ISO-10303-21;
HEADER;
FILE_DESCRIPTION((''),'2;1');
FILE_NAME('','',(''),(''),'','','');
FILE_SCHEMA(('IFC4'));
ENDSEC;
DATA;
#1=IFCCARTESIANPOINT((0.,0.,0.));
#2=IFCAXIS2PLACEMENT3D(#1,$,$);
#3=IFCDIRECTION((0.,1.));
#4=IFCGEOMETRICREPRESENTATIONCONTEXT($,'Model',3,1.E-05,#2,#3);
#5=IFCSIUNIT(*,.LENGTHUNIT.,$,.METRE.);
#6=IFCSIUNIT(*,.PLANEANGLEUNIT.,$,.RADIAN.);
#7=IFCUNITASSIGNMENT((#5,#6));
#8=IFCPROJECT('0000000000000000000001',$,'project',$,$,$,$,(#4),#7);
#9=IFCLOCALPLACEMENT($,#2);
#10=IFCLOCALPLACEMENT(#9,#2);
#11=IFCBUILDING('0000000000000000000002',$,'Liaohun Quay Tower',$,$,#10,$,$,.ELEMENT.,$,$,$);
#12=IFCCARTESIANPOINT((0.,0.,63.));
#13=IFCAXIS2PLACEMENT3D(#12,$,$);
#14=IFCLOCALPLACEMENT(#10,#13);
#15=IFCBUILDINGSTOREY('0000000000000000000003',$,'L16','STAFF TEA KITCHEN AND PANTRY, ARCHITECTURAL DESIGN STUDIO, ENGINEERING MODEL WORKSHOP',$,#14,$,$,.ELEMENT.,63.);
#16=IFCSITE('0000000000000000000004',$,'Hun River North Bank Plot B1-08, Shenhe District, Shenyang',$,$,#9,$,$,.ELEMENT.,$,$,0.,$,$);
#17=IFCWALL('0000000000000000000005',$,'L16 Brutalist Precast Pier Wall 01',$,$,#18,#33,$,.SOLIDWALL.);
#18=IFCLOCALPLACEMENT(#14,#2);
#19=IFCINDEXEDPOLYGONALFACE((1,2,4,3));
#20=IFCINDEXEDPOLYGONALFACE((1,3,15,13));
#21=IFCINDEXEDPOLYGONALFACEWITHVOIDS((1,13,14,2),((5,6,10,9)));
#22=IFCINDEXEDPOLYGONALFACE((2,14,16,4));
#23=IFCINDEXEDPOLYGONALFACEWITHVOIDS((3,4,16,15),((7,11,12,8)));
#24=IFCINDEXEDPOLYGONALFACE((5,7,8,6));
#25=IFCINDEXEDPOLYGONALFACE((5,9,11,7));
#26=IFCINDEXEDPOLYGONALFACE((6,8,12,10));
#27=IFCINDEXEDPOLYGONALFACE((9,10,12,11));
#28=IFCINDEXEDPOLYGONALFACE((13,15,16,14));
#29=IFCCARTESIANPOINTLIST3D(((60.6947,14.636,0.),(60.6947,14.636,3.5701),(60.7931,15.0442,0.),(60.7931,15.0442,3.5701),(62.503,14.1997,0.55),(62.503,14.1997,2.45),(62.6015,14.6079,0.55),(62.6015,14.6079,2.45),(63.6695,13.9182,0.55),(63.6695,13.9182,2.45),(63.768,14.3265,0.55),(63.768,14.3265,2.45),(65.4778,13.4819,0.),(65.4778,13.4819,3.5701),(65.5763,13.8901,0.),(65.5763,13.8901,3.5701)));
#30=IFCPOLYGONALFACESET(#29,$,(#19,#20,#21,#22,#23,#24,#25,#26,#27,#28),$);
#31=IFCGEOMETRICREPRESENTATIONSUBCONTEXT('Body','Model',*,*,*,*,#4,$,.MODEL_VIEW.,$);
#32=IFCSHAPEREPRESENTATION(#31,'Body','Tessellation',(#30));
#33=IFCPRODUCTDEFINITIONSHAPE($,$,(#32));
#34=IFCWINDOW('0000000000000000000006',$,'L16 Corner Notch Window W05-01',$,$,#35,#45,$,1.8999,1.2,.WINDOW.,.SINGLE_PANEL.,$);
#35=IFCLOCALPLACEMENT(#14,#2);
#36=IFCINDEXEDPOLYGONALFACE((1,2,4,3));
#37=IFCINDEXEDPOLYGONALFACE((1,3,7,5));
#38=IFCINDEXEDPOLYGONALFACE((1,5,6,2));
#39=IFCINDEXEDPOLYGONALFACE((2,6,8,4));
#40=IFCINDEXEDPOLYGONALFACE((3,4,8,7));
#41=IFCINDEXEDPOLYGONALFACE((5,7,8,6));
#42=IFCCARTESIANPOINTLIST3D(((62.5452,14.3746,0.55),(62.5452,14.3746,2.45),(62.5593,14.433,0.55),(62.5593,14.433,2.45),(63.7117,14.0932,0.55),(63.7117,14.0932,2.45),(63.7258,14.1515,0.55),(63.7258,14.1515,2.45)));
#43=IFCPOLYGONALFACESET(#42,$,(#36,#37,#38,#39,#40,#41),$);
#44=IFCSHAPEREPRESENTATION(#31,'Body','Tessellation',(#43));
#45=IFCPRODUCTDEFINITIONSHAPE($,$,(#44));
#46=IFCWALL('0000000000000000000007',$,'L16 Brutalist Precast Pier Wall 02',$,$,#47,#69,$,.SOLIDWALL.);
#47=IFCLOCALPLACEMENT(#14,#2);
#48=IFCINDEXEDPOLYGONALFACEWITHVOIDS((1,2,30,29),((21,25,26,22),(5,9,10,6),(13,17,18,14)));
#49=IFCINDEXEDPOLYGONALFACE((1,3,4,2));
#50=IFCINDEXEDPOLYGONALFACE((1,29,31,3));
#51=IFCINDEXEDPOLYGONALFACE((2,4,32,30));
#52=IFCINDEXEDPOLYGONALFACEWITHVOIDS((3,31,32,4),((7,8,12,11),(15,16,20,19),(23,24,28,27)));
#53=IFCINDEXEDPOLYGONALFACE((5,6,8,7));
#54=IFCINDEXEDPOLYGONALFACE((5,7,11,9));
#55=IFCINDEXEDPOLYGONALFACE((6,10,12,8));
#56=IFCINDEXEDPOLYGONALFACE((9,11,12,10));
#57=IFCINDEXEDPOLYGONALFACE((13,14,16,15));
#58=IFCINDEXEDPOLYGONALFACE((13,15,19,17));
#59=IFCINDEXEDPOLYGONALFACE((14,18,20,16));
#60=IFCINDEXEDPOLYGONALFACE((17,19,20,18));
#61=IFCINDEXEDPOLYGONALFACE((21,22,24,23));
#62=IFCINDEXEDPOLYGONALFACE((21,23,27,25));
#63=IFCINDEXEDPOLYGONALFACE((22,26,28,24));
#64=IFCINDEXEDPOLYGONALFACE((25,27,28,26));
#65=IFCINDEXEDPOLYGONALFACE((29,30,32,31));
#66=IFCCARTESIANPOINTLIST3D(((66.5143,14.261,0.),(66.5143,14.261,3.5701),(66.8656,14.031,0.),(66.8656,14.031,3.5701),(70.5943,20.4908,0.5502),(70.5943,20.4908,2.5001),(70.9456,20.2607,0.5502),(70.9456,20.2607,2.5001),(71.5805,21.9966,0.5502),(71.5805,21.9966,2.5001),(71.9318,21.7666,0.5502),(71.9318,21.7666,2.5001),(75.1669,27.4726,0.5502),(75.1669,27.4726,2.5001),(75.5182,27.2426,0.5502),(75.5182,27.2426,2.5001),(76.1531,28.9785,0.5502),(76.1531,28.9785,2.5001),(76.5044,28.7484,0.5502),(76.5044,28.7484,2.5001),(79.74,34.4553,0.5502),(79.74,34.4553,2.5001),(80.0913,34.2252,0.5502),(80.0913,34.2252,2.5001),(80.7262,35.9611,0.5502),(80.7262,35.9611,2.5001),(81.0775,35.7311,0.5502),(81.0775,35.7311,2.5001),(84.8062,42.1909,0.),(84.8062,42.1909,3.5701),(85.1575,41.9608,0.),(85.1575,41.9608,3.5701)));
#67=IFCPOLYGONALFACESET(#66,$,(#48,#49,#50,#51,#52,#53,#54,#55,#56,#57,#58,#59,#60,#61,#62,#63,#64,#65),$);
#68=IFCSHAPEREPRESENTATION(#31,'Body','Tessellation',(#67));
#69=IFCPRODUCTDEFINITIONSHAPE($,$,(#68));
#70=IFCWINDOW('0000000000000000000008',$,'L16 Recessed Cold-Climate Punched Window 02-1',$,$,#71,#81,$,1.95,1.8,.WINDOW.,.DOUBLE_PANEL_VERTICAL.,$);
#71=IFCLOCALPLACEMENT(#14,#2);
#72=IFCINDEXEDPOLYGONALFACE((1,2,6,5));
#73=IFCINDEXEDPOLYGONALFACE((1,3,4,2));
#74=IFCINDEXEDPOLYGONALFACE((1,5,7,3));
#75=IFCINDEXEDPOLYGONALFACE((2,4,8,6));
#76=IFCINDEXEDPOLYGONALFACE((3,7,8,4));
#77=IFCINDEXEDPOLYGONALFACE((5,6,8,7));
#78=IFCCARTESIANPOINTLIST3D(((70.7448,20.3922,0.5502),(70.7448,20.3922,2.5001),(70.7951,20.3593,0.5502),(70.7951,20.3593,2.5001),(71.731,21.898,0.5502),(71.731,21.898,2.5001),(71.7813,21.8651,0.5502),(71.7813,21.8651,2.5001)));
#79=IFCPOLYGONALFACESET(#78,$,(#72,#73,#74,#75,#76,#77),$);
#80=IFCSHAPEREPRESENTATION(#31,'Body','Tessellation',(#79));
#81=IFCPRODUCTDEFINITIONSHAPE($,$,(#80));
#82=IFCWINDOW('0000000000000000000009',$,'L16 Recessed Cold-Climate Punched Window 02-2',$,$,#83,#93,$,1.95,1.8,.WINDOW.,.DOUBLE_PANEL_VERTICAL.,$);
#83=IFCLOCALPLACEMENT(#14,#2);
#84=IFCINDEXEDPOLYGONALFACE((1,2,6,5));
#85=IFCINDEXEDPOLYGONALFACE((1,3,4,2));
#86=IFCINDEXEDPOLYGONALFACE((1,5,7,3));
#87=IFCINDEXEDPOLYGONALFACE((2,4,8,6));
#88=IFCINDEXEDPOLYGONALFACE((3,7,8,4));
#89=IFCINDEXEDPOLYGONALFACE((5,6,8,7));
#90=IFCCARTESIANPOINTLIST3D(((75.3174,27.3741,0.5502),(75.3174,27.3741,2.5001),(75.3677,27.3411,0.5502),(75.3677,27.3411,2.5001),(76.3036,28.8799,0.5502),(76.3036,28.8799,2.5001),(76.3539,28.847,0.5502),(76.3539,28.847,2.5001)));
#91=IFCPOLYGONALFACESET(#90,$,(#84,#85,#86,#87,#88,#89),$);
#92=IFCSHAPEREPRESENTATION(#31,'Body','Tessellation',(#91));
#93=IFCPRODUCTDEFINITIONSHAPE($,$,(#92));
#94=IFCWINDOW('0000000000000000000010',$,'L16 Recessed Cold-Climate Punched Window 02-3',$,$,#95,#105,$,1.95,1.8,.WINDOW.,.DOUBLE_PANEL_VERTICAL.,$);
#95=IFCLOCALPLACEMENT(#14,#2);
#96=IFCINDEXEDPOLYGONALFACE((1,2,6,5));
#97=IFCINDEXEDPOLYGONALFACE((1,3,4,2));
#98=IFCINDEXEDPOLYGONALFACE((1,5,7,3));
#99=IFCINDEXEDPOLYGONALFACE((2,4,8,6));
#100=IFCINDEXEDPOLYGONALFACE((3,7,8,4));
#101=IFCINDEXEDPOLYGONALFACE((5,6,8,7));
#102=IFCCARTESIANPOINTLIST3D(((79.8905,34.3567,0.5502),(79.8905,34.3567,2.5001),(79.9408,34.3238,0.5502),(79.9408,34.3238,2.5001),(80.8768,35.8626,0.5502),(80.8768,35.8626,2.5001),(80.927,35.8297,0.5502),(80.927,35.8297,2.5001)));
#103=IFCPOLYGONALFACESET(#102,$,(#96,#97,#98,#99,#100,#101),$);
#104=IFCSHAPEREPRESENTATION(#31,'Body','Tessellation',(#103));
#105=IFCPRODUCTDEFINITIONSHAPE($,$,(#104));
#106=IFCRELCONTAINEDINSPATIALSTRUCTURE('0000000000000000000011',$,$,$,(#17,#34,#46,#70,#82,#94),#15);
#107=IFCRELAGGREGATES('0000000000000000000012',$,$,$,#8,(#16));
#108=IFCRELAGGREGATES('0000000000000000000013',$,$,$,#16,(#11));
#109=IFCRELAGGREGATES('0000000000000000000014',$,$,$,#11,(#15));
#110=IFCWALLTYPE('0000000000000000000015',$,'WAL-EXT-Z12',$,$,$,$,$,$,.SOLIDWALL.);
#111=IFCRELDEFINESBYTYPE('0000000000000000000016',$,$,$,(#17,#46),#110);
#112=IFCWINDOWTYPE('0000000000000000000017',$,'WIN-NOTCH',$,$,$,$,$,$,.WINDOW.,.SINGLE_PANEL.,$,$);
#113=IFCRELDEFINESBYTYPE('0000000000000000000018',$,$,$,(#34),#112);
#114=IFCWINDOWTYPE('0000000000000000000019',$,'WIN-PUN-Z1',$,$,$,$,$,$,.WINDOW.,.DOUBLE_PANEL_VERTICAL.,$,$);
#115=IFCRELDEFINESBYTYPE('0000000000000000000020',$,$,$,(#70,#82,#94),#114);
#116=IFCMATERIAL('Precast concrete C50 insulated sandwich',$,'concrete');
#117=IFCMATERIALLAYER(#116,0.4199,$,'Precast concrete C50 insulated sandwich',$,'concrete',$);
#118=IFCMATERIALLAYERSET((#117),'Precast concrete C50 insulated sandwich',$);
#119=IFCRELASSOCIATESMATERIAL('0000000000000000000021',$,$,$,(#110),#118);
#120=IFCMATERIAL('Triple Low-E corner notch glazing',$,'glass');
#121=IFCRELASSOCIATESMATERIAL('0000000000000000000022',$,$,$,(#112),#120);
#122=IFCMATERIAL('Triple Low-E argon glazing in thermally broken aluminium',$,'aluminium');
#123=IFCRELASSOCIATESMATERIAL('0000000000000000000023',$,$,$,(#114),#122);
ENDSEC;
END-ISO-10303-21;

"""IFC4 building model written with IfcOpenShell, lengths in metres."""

from ifc_helpers import new_model, si_unit, direction, frame, frame_2d, origin, place, context, subcontext, project, spatial, rectangle, extrude, source, transform, mapped, material, layer, layer_set, type_object, element, fill, save


model = new_model("IFC4")

# Units and contexts
model_context = context("Model", 3, precision=1e-05, world=origin(), true_north=direction((0.0, 1.0)))
body_context = subcontext(model_context, "Body", "Model", "MODEL_VIEW")
ifc_project = project(units=[si_unit("LENGTHUNIT", "METRE"), si_unit("PLANEANGLEUNIT", "RADIAN")], contexts=[model_context])

# Site, building, storey
site_placement = place(None, origin())
site = spatial("IfcSite", under=ifc_project, at=site_placement, Name="Hun River North Bank Plot B1-08, Shenhe District, Shenyang", CompositionType="ELEMENT", RefElevation=0.0)
building_placement = place(site_placement, origin())
building = spatial("IfcBuilding", under=site, at=building_placement, Name="Liaohun Quay Tower", CompositionType="ELEMENT")
storey_placement = place(building_placement, frame((0.0, 0.0, 63.0)))
storey = spatial("IfcBuildingStorey", under=building, at=storey_placement, Name="L16", Description="STAFF TEA KITCHEN AND PANTRY, ARCHITECTURAL DESIGN STUDIO, ENGINEERING MODEL WORKSHOP", CompositionType="ELEMENT", Elevation=63.0)

# Wall, opening, window
ifc_material_1 = material(Name="Precast concrete C50 insulated sandwich", Category="concrete")
ifc_layer_1 = layer(ifc_material_1, 0.4199, Name="Precast concrete C50 insulated sandwich", Category="concrete")
ifc_layer_set_1 = layer_set([ifc_layer_1], Name="Precast concrete C50 insulated sandwich")
wall_type_1 = type_object("IfcWallType", Name="WAL-EXT-Z12", PredefinedType="SOLIDWALL", material=ifc_layer_set_1)
wall_1_placement = place(storey_placement, frame((60.7439, 14.8401, 0.0), z_axis=(0.0, 0.0, 1.0), x_axis=(0.972106, -0.234542, 0.0)))
wall_1 = element("IfcWall", 1, at=wall_1_placement, inside=storey, type_object=wall_type_1, Name="L16 Brutalist Precast Pier Wall 01", PredefinedType="SOLIDWALL", context=body_context, shape_type="SweptSolid", body=[
    extrude(rectangle(XDim=4.9204, YDim=0.4199, at=frame_2d((2.4602, 0.0))), origin(), (0.0, 0.0, 1.0), 3.5701),
])
shared_shape_1 = source(origin(), body_context, "Body", "SweptSolid", [
    extrude(rectangle(XDim=1.2, YDim=1.8999, at=frame_2d((0.6001, 0.95))), frame((0.0, 0.22, 0.0), z_axis=(0.0, -1.0, 0.0), x_axis=(1.0, 0.0, 0.0)), (0.0, 0.0, 1.0), 0.4399),
])
opening_1_placement = place(wall_1_placement, frame((1.8601, 0.0, 0.55)))
opening_1 = element("IfcOpeningElement", 2, at=opening_1_placement, cuts=wall_1, PredefinedType="OPENING", context=body_context, shape_type="MappedRepresentation", body=[
    mapped(shared_shape_1, transform((0.0, 0.0, 0.0), x_axis=(1.0, 0.0, 0.0), y_axis=(0.0, 1.0, 0.0), z_axis=(0.0, 0.0, 1.0), scale=1.0)),
])
ifc_material_2 = material(Name="Triple Low-E corner notch glazing", Category="glass")
window_type_1 = type_object("IfcWindowType", Name="WIN-NOTCH", PartitioningType="SINGLE_PANEL", PredefinedType="WINDOW", material=ifc_material_2)
shared_shape_2 = source(origin(), body_context, "Body", "SweptSolid", [
    extrude(rectangle(XDim=1.2, YDim=1.8999, at=frame_2d((0.6001, 0.95))), frame((0.0, 0.03, 0.0), z_axis=(0.0, -1.0, 0.0), x_axis=(1.0, 0.0, 0.0)), (0.0, 0.0, 1.0), 0.0601),
])
window_1_placement = place(opening_1_placement, origin())
window_1 = element("IfcWindow", 3, at=window_1_placement, inside=storey, type_object=window_type_1, Name="L16 Corner Notch Window W05-01", OverallHeight=1.8999, OverallWidth=1.2, PartitioningType="SINGLE_PANEL", PredefinedType="WINDOW", context=body_context, shape_type="MappedRepresentation", body=[
    mapped(shared_shape_2, transform((0.0, 0.0, 0.0), x_axis=(1.0, 0.0, 0.0), y_axis=(0.0, 1.0, 0.0), z_axis=(0.0, 0.0, 1.0), scale=1.0)),
])
fill(opening_1, window_1)

# Wall, openings, windows
wall_2_placement = place(storey_placement, frame((66.6899, 14.146, 0.0), z_axis=(0.0, 0.0, 1.0), x_axis=(0.547881, 0.836556, 0.0)))
wall_2 = element("IfcWall", 4, at=wall_2_placement, inside=storey, type_object=wall_type_1, Name="L16 Brutalist Precast Pier Wall 02", PredefinedType="SOLIDWALL", context=body_context, shape_type="SweptSolid", body=[
    extrude(rectangle(XDim=33.3867, YDim=0.4199, at=frame_2d((16.6934, 0.0))), origin(), (0.0, 0.0, 1.0), 3.5701),
])
shared_shape_3 = source(origin(), body_context, "Body", "SweptSolid", [
    extrude(rectangle(XDim=1.8, YDim=1.95, at=frame_2d((0.8999, 0.9751))), frame((0.0, 0.22, 0.0), z_axis=(0.0, -1.0, 0.0), x_axis=(1.0, 0.0, 0.0)), (0.0, 0.0, 1.0), 0.4399),
])
opening_2_placement = place(wall_2_placement, frame((7.447, 0.0, 0.55)))
opening_2 = element("IfcOpeningElement", 5, at=opening_2_placement, cuts=wall_2, PredefinedType="OPENING", context=body_context, shape_type="MappedRepresentation", body=[
    mapped(shared_shape_3, transform((0.0, 0.0, 0.0), x_axis=(1.0, 0.0, 0.0), y_axis=(0.0, 1.0, 0.0), z_axis=(0.0, 0.0, 1.0), scale=1.0)),
])
opening_3_placement = place(wall_2_placement, frame((15.793, 0.0, 0.55)))
opening_3 = element("IfcOpeningElement", 6, at=opening_3_placement, cuts=wall_2, PredefinedType="OPENING", context=body_context, shape_type="MappedRepresentation", body=[
    mapped(shared_shape_3, transform((0.0, 0.0, 0.0), x_axis=(1.0, 0.0, 0.0), y_axis=(0.0, 1.0, 0.0), z_axis=(0.0, 0.0, 1.0), scale=1.0)),
])
opening_4_placement = place(wall_2_placement, frame((24.1399, 0.0, 0.55)))
opening_4 = element("IfcOpeningElement", 7, at=opening_4_placement, cuts=wall_2, PredefinedType="OPENING", context=body_context, shape_type="MappedRepresentation", body=[
    mapped(shared_shape_3, transform((0.0, 0.0, 0.0), x_axis=(1.0, 0.0, 0.0), y_axis=(0.0, 1.0, 0.0), z_axis=(0.0, 0.0, 1.0), scale=1.0)),
])
ifc_material_3 = material(Name="Triple Low-E argon glazing in thermally broken aluminium", Category="aluminium")
window_type_2 = type_object("IfcWindowType", Name="WIN-PUN-Z1", PartitioningType="DOUBLE_PANEL_VERTICAL", PredefinedType="WINDOW", material=ifc_material_3)
shared_shape_4 = source(origin(), body_context, "Body", "SweptSolid", [
    extrude(rectangle(XDim=1.8, YDim=1.95, at=frame_2d((0.8999, 0.9751))), frame((0.0, 0.03, 0.0), z_axis=(0.0, -1.0, 0.0), x_axis=(1.0, 0.0, 0.0)), (0.0, 0.0, 1.0), 0.0601),
])
window_2_placement = place(opening_2_placement, origin())
window_2 = element("IfcWindow", 8, at=window_2_placement, inside=storey, type_object=window_type_2, Name="L16 Recessed Cold-Climate Punched Window 02-1", OverallHeight=1.95, OverallWidth=1.8, PartitioningType="DOUBLE_PANEL_VERTICAL", PredefinedType="WINDOW", context=body_context, shape_type="MappedRepresentation", body=[
    mapped(shared_shape_4, transform((0.0, 0.0, 0.0), x_axis=(1.0, 0.0, 0.0), y_axis=(0.0, 1.0, 0.0), z_axis=(0.0, 0.0, 1.0), scale=1.0)),
])
fill(opening_2, window_2)
window_3_placement = place(opening_3_placement, origin())
window_3 = element("IfcWindow", 9, at=window_3_placement, inside=storey, type_object=window_type_2, Name="L16 Recessed Cold-Climate Punched Window 02-2", OverallHeight=1.95, OverallWidth=1.8, PartitioningType="DOUBLE_PANEL_VERTICAL", PredefinedType="WINDOW", context=body_context, shape_type="MappedRepresentation", body=[
    mapped(shared_shape_4, transform((0.0, 0.0, 0.0), x_axis=(1.0, 0.0, 0.0), y_axis=(0.0, 1.0, 0.0), z_axis=(0.0, 0.0, 1.0), scale=1.0)),
])
fill(opening_3, window_3)
window_4_placement = place(opening_4_placement, origin())
window_4 = element("IfcWindow", 10, at=window_4_placement, inside=storey, type_object=window_type_2, Name="L16 Recessed Cold-Climate Punched Window 02-3", OverallHeight=1.95, OverallWidth=1.8, PartitioningType="DOUBLE_PANEL_VERTICAL", PredefinedType="WINDOW", context=body_context, shape_type="MappedRepresentation", body=[
    mapped(shared_shape_4, transform((0.0, 0.0, 0.0), x_axis=(1.0, 0.0, 0.0), y_axis=(0.0, 1.0, 0.0), z_axis=(0.0, 0.0, 1.0), scale=1.0)),
])
fill(opening_4, window_4)

save(model, "model.ifc")
